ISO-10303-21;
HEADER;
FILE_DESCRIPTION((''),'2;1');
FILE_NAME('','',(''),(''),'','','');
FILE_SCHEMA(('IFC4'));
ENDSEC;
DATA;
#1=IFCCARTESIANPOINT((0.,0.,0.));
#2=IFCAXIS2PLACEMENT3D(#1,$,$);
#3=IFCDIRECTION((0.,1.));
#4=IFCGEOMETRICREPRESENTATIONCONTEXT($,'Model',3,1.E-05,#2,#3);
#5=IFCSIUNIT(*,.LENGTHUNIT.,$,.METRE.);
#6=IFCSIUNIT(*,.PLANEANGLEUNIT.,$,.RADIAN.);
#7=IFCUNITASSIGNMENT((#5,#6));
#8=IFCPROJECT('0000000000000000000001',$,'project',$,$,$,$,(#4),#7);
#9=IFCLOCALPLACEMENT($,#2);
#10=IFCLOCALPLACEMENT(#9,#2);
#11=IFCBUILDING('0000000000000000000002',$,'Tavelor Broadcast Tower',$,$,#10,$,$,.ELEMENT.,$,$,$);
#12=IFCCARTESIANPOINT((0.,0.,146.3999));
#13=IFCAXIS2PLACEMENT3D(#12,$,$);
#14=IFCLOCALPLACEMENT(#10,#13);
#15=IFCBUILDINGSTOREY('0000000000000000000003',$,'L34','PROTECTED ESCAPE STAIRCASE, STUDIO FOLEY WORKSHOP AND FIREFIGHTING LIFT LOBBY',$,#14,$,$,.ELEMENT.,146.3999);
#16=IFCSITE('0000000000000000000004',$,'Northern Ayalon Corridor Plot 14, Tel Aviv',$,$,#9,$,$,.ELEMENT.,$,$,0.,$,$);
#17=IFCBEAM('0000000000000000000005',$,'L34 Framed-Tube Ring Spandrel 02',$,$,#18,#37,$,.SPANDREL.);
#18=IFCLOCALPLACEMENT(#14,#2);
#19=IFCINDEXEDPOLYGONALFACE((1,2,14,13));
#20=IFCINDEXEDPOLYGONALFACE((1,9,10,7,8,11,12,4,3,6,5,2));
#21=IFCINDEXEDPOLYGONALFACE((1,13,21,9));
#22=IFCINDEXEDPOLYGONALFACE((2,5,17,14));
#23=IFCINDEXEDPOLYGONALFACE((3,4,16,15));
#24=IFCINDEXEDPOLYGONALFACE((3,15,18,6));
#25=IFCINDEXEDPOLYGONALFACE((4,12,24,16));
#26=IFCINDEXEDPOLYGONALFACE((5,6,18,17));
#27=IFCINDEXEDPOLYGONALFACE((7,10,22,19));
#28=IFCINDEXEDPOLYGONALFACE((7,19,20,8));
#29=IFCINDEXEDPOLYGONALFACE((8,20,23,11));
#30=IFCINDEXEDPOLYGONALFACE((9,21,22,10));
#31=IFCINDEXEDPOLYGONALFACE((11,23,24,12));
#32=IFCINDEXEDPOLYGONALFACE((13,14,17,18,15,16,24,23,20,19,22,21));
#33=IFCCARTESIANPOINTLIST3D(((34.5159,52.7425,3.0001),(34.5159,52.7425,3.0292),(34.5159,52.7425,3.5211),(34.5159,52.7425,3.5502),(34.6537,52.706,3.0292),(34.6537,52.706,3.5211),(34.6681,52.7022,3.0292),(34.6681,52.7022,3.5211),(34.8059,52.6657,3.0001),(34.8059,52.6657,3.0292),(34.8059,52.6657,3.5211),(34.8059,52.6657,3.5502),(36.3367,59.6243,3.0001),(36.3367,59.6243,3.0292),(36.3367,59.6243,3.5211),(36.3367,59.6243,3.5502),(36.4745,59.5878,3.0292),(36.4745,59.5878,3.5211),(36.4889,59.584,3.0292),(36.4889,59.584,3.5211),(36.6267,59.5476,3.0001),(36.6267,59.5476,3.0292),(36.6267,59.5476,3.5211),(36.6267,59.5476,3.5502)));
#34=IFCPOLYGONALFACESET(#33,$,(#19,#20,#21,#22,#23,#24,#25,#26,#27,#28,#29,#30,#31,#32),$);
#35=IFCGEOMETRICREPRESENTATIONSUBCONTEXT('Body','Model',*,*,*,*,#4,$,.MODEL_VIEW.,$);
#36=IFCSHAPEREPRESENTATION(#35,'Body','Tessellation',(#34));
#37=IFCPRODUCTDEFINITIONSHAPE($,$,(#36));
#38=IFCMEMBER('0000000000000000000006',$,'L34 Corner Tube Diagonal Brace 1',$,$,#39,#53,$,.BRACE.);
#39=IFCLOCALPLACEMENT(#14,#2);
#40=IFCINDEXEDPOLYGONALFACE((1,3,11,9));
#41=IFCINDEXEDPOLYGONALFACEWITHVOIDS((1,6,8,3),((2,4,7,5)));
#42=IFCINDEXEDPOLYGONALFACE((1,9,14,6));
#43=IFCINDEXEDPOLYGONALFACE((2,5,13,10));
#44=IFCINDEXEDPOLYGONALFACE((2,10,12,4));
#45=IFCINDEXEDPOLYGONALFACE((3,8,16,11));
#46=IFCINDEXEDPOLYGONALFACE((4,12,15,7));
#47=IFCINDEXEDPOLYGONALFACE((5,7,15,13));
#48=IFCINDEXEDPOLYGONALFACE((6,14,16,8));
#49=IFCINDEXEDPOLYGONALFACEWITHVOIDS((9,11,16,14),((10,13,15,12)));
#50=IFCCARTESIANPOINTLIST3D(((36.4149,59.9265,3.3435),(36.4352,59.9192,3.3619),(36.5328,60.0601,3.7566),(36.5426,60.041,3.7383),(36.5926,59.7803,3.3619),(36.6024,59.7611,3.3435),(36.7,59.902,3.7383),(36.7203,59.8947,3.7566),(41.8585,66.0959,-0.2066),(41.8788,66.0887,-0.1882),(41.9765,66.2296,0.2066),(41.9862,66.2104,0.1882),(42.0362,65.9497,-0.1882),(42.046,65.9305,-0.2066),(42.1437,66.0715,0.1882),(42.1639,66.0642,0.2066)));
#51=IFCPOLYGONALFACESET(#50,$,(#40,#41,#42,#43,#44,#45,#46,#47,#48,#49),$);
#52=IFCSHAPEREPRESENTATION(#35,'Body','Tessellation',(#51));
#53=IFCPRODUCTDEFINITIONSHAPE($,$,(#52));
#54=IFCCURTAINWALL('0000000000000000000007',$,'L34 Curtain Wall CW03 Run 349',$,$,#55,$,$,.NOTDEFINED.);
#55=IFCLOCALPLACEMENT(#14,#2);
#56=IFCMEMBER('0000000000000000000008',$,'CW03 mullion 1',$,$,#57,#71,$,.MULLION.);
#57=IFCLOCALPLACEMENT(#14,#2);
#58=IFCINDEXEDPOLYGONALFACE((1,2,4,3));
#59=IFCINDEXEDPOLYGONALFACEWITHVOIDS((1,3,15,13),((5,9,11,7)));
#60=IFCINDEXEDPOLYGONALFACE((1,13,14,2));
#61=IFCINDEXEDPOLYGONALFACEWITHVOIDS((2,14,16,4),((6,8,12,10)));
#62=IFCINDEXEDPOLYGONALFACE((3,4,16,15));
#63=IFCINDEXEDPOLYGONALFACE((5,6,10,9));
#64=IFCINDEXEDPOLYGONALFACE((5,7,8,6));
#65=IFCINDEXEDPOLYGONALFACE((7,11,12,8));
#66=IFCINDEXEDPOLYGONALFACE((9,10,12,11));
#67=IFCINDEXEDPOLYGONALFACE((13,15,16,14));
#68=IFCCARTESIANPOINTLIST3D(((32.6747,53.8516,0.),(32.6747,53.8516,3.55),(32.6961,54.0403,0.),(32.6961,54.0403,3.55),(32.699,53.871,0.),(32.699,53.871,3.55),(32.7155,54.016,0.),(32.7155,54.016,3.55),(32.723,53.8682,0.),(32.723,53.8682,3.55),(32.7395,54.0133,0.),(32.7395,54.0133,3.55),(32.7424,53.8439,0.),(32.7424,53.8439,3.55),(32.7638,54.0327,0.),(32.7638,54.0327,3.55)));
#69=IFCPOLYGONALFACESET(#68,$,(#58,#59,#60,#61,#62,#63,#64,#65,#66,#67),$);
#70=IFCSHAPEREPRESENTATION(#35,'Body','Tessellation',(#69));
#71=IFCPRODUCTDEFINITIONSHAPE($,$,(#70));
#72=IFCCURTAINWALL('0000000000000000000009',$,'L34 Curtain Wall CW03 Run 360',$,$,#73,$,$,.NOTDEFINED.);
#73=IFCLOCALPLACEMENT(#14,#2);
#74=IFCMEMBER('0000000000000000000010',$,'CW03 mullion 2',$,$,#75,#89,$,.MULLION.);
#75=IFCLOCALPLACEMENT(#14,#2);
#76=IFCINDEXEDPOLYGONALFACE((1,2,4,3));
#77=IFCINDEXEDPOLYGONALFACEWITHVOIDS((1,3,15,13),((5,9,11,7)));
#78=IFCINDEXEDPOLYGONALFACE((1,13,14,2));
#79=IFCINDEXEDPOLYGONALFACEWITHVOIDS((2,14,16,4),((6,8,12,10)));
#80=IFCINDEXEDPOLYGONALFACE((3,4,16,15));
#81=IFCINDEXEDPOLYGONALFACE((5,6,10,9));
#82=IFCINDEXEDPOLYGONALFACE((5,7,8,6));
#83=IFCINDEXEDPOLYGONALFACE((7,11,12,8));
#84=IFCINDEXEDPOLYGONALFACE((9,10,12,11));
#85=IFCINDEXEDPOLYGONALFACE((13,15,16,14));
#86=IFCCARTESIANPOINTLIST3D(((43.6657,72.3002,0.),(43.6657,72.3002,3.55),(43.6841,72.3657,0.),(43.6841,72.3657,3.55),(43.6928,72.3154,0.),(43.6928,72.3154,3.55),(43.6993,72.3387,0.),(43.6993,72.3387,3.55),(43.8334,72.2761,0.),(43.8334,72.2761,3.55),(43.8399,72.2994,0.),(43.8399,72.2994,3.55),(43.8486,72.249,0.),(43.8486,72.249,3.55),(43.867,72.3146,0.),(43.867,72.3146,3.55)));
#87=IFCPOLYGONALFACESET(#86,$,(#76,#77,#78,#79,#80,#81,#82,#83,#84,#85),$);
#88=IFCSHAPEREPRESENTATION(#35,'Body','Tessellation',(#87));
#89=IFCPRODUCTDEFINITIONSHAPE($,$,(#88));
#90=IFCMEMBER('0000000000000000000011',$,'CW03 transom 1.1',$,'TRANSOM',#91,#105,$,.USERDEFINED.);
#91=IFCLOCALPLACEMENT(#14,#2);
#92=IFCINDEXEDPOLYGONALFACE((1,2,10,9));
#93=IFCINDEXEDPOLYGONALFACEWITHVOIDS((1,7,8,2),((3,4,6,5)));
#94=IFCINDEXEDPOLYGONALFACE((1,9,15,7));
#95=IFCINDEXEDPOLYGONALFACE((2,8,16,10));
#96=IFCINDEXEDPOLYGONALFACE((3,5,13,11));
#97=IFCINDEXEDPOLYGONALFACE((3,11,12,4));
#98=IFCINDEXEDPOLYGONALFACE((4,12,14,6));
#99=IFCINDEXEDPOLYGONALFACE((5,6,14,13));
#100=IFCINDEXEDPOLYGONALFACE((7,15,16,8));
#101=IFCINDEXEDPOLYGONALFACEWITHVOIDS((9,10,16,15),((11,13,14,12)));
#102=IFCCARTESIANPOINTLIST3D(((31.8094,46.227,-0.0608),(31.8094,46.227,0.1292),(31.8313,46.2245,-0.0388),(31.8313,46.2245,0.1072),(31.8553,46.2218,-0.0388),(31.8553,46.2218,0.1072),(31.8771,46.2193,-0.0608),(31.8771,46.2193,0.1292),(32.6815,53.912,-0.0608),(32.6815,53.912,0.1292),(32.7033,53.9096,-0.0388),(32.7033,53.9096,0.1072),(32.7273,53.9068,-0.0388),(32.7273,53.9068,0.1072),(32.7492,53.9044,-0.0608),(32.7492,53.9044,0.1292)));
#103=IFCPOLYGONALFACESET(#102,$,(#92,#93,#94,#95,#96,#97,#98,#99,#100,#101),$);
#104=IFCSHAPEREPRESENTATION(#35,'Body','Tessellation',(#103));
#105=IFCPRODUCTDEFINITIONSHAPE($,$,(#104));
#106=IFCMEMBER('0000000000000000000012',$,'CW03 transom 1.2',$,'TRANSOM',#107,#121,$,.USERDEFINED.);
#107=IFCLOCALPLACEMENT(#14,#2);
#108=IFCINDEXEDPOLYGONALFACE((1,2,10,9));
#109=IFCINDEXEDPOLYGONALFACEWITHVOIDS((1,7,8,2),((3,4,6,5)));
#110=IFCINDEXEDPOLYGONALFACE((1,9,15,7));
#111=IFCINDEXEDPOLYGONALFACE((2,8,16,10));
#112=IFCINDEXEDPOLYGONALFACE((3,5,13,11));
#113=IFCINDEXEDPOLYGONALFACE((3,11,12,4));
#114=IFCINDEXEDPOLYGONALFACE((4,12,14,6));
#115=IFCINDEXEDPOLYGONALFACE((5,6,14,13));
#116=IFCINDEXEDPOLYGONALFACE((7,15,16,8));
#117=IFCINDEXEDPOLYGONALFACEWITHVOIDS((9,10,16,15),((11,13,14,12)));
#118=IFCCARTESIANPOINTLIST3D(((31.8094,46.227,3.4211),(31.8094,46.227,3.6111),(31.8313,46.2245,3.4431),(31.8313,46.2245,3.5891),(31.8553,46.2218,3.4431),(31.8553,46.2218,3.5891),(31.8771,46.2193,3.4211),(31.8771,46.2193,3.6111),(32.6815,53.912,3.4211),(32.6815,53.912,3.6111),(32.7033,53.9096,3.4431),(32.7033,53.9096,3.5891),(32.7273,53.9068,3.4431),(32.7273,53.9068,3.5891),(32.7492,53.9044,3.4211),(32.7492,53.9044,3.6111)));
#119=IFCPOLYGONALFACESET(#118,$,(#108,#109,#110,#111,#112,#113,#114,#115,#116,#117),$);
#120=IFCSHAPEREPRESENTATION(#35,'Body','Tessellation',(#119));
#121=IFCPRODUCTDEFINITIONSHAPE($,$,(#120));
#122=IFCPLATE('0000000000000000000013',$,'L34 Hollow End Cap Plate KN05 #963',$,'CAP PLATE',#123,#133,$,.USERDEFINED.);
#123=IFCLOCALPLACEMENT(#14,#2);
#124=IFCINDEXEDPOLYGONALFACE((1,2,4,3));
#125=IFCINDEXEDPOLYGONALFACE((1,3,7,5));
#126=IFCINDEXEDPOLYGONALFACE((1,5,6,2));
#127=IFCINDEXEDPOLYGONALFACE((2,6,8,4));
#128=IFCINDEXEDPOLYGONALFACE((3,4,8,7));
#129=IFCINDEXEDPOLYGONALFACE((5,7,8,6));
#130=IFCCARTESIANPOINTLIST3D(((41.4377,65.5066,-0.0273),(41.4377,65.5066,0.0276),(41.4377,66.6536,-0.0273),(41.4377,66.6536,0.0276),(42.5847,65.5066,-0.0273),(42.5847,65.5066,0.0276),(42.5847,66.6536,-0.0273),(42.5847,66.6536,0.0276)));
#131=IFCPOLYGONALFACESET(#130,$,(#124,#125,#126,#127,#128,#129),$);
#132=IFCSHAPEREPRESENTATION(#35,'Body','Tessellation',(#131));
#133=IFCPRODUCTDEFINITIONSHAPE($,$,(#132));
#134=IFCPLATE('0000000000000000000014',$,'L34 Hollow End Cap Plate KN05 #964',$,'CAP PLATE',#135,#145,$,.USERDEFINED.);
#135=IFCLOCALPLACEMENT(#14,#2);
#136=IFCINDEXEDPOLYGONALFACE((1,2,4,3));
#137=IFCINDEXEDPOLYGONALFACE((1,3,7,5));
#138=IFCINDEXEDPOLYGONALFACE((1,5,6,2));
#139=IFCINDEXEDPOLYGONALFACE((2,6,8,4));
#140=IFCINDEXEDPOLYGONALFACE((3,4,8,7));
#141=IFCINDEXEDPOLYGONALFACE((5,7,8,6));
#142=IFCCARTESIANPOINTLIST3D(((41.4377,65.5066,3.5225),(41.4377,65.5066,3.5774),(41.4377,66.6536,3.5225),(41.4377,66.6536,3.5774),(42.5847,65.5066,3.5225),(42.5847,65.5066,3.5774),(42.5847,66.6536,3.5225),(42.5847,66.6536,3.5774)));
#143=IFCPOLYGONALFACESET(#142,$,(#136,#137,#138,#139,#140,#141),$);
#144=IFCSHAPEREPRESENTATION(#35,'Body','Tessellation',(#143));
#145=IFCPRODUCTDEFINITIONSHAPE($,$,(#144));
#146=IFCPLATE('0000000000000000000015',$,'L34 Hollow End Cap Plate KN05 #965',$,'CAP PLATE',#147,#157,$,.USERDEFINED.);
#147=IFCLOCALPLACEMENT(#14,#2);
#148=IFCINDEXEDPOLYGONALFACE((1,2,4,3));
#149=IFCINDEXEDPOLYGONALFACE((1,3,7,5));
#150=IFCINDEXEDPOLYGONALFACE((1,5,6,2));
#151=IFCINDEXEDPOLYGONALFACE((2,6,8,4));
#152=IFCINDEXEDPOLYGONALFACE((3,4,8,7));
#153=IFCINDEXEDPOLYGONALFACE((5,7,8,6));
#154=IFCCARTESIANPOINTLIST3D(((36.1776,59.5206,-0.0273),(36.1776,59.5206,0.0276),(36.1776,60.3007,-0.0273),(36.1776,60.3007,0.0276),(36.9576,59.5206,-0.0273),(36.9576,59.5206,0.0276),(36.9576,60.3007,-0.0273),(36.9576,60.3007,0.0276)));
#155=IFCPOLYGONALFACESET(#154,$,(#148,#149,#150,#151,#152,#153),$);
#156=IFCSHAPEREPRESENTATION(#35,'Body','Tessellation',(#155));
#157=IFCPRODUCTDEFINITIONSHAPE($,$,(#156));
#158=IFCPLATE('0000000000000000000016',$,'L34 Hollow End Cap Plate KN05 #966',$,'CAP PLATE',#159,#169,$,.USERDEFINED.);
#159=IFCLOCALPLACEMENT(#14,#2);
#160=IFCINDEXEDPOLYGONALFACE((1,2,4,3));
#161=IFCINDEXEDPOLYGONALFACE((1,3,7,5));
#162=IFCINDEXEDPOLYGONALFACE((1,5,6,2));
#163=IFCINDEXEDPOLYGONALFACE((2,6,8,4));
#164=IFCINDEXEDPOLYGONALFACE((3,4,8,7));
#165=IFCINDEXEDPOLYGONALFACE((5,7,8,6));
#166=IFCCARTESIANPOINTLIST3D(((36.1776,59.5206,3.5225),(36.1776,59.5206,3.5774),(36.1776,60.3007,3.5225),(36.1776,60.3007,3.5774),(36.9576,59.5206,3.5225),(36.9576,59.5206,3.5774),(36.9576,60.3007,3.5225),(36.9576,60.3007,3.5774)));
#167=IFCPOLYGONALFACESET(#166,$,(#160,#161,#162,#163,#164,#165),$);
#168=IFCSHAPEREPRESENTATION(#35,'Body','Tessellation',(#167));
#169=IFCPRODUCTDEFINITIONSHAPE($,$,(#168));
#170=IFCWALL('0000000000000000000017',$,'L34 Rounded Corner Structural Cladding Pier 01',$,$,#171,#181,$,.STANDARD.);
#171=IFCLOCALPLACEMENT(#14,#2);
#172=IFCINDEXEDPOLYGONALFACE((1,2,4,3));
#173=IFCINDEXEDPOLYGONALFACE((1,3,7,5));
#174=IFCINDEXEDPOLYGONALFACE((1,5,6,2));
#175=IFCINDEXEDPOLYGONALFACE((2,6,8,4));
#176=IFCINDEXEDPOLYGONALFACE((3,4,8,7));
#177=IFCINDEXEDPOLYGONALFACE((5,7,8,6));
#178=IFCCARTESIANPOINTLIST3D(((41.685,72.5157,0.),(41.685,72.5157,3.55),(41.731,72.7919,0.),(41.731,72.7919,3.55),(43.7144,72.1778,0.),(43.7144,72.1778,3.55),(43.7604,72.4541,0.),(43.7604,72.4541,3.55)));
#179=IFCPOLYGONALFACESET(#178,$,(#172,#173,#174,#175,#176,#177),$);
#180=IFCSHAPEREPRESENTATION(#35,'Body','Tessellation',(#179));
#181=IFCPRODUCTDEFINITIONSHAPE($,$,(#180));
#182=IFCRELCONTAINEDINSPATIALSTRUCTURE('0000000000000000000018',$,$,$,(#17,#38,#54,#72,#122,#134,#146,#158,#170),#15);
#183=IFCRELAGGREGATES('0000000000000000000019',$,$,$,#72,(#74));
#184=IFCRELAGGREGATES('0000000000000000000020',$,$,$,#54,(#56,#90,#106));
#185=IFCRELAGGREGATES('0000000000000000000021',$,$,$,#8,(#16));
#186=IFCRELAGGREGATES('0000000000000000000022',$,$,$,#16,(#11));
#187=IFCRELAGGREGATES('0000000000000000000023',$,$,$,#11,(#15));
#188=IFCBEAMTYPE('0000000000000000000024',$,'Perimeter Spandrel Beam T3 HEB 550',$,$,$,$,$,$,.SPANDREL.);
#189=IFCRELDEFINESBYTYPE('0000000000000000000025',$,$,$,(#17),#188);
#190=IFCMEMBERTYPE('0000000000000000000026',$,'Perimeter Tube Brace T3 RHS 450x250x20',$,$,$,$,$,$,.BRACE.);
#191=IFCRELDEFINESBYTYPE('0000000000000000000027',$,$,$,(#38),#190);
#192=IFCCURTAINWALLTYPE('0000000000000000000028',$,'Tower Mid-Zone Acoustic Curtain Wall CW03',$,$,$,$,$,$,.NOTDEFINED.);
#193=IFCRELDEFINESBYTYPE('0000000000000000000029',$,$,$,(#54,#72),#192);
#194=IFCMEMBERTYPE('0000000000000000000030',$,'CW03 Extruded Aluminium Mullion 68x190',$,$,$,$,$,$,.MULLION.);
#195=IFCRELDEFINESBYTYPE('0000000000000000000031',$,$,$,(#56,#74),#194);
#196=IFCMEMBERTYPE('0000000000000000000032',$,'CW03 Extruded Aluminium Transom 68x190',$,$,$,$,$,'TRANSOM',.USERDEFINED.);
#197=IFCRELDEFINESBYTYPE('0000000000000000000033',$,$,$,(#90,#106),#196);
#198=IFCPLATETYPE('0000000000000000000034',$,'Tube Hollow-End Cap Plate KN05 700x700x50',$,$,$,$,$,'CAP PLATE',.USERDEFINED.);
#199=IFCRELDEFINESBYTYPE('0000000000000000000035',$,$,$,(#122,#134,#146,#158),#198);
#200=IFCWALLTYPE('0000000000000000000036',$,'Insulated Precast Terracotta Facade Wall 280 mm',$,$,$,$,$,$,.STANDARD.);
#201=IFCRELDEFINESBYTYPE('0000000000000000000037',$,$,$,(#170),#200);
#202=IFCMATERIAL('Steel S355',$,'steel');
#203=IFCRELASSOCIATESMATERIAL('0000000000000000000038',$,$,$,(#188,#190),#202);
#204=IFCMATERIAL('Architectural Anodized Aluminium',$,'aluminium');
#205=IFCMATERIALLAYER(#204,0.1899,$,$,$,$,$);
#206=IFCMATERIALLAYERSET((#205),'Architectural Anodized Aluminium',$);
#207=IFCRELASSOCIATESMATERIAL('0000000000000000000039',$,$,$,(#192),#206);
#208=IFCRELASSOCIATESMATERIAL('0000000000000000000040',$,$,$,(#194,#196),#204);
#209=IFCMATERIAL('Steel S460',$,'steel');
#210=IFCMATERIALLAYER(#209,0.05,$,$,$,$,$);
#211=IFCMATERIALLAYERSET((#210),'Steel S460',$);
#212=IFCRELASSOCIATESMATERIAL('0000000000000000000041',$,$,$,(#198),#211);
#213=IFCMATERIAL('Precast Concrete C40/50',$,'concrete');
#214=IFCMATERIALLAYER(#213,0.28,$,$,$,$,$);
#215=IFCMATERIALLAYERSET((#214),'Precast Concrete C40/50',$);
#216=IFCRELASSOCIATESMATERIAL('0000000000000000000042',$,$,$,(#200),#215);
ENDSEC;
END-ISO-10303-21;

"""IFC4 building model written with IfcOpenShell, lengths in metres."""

from ifc_helpers import new_model, si_unit, direction, frame, frame_2d, origin, origin_2d, place, context, subcontext, project, spatial, rectangle, hollow_rectangle, i_section, extrude, source, transform, mapped, material, layer, layer_set, material_profile, profile_set, type_object, type_shapes, element, aggregate, save


model = new_model("IFC4")

# Units and contexts
model_context = context("Model", 3, precision=1e-05, world=origin(), true_north=direction((0.0, 1.0)))
body_context = subcontext(model_context, "Body", "Model", "MODEL_VIEW")
ifc_project = project(units=[si_unit("LENGTHUNIT", "METRE"), si_unit("PLANEANGLEUNIT", "RADIAN")], contexts=[model_context])

# Site, building, storey
site_placement = place(None, origin())
site = spatial("IfcSite", under=ifc_project, at=site_placement, Name="Northern Ayalon Corridor Plot 14, Tel Aviv", CompositionType="ELEMENT", RefElevation=0.0)
building_placement = place(site_placement, origin())
building = spatial("IfcBuilding", under=site, at=building_placement, Name="Tavelor Broadcast Tower", CompositionType="ELEMENT")
storey_placement = place(building_placement, frame((0.0, 0.0, 146.3999)))
storey = spatial("IfcBuildingStorey", under=building, at=storey_placement, Name="L34", Description="PROTECTED ESCAPE STAIRCASE, STUDIO FOLEY WORKSHOP AND FIREFIGHTING LIFT LOBBY", CompositionType="ELEMENT", Elevation=146.3999)

# Shared definitions
ifc_material_1 = material(Name="Steel S460", Category="steel")

# Beam
ifc_material_2 = material(Name="Steel S355", Category="steel")
ifc_material_profile_1 = material_profile(ifc_material_2, i_section(OverallWidth=0.3, OverallDepth=0.55, WebThickness=0.0149, FlangeThickness=0.0291, at=origin_2d()), Name="HEB 550")
ifc_profile_set_1 = profile_set([ifc_material_profile_1], Name="Steel S355")
beam_type_1 = type_object("IfcBeamType", Name="Perimeter Spandrel Beam T3 HEB 550", PredefinedType="SPANDREL", material=ifc_profile_set_1)
beam_1_placement = place(storey_placement, frame((36.4817, 59.5859, 3.2751), z_axis=(-0.255779, -0.966735, 0.0), x_axis=(0.966735, -0.255779, 0.0)))
element("IfcBeam", 1, at=beam_1_placement, inside=storey, type_object=beam_type_1, Name="L34 Framed-Tube Ring Spandrel 02", PredefinedType="SPANDREL", context=body_context, shape_type="SweptSolid", body=[
    extrude(i_section(OverallWidth=0.3, OverallDepth=0.55, WebThickness=0.0149, FlangeThickness=0.0291, at=origin_2d()), origin(), (0.0, 0.0, 1.0), 7.1187),
])

# Member
ifc_material_profile_2 = material_profile(ifc_material_2, hollow_rectangle(XDim=0.25, YDim=0.45, WallThickness=0.02, at=origin_2d()), Name="RHS 450x250x20")
ifc_profile_set_2 = profile_set([ifc_material_profile_2], Name="Steel S355")
member_type_1 = type_object("IfcMemberType", Name="Perimeter Tube Brace T3 RHS 450x250x20", PredefinedType="BRACE", material=ifc_profile_set_2)
member_1_placement = place(storey_placement, frame((42.0112, 66.0801, 0.0), z_axis=(-0.607485, -0.688484, 0.396171), x_axis=(0.749839, -0.661621, 0.0)))
element("IfcMember", 2, at=member_1_placement, inside=storey, type_object=member_type_1, Name="L34 Corner Tube Diagonal Brace 1", PredefinedType="BRACE", context=body_context, shape_type="SweptSolid", body=[
    extrude(hollow_rectangle(XDim=0.25, YDim=0.45, WallThickness=0.02, at=origin_2d()), origin(), (0.0, 0.0, 1.0), 8.9609),
])

# Curtain walls, members
ifc_material_3 = material(Name="Architectural Anodized Aluminium", Category="aluminium")
ifc_layer_1 = layer(ifc_material_3, 0.1899)
ifc_layer_set_1 = layer_set([ifc_layer_1], Name="Architectural Anodized Aluminium")
curtain_wall_type = type_object("IfcCurtainWallType", Name="Tower Mid-Zone Acoustic Curtain Wall CW03", PredefinedType="NOTDEFINED", material=ifc_layer_set_1)
curtain_wall_1_placement = place(storey_placement, origin())
curtain_wall_1 = element("IfcCurtainWall", 3, at=curtain_wall_1_placement, inside=storey, type_object=curtain_wall_type, Name="L34 Curtain Wall CW03 Run 349", PredefinedType="NOTDEFINED")
ifc_material_profile_3 = material_profile(ifc_material_3, hollow_rectangle(XDim=0.0681, YDim=0.1899, WallThickness=0.022, at=origin_2d()), Name="RHS 68x190x22")
ifc_profile_set_3 = profile_set([ifc_material_profile_3], Name="Architectural Anodized Aluminium")
member_type_2 = type_object("IfcMemberType", Name="CW03 Extruded Aluminium Mullion 68x190", PredefinedType="MULLION", material=ifc_profile_set_3)
shared_shape_1 = source(origin(), body_context, "Body", "SweptSolid", [
    extrude(hollow_rectangle(XDim=0.0681, YDim=0.1899, WallThickness=0.022, at=origin_2d()), origin(), (0.0, 0.0, 1.0), 3.55),
])
type_shapes(member_type_2, [shared_shape_1])
member_2_placement = place(storey_placement, frame((32.7192, 53.9421, 0.0), z_axis=(0.0, 0.0, 1.0), x_axis=(0.993622, -0.112766, 0.0)))
member_2 = element("IfcMember", 4, at=member_2_placement, type_object=member_type_2, Name="CW03 mullion 1", PredefinedType="MULLION", context=body_context, shape_type="MappedRepresentation", body=[
    mapped(shared_shape_1, transform((0.0, 0.0, 0.0), scale=1.0)),
])
curtain_wall_2_placement = place(storey_placement, origin())
curtain_wall_2 = element("IfcCurtainWall", 5, at=curtain_wall_2_placement, inside=storey, type_object=curtain_wall_type, Name="L34 Curtain Wall CW03 Run 360", PredefinedType="NOTDEFINED")
member_3_placement = place(storey_placement, frame((43.7664, 72.3074, 0.0), z_axis=(0.0, 0.0, 1.0), x_axis=(-0.26931, -0.963053, 0.0)))
member_3 = element("IfcMember", 6, at=member_3_placement, type_object=member_type_2, Name="CW03 mullion 2", PredefinedType="MULLION", context=body_context, shape_type="MappedRepresentation", body=[
    mapped(shared_shape_1, transform((0.0, 0.0, 0.0), scale=1.0)),
])
aggregate(curtain_wall_2, [member_3])

# Members
ifc_material_profile_4 = material_profile(ifc_material_3, hollow_rectangle(XDim=0.0681, YDim=0.1899, WallThickness=0.022, at=origin_2d()), Name="RHS 68x190x22")
ifc_profile_set_4 = profile_set([ifc_material_profile_4], Name="Architectural Anodized Aluminium")
member_type_3 = type_object("IfcMemberType", Name="CW03 Extruded Aluminium Transom 68x190", ElementType="TRANSOM", PredefinedType="USERDEFINED", material=ifc_profile_set_4)
shared_shape_2 = source(origin(), body_context, "Body", "SweptSolid", [
    extrude(hollow_rectangle(XDim=0.0681, YDim=0.1899, WallThickness=0.022, at=origin_2d()), origin(), (0.0, 0.0, 1.0), 7.7344),
])
type_shapes(member_type_3, [shared_shape_2])
member_4_placement = place(storey_placement, frame((32.7153, 53.9082, 0.0342), z_axis=(-0.112752, -0.993623, 0.0), x_axis=(0.993623, -0.112752, 0.0)))
member_4 = element("IfcMember", 7, at=member_4_placement, type_object=member_type_3, Name="CW03 transom 1.1", ObjectType="TRANSOM", PredefinedType="USERDEFINED", context=body_context, shape_type="MappedRepresentation", body=[
    mapped(shared_shape_2, transform((0.0, 0.0, 0.0), scale=1.0)),
])
member_5_placement = place(storey_placement, frame((32.7153, 53.9082, 3.5161), z_axis=(-0.112752, -0.993623, 0.0), x_axis=(0.993623, -0.112752, 0.0)))
member_5 = element("IfcMember", 8, at=member_5_placement, type_object=member_type_3, Name="CW03 transom 1.2", ObjectType="TRANSOM", PredefinedType="USERDEFINED", context=body_context, shape_type="MappedRepresentation", body=[
    mapped(shared_shape_2, transform((0.0, 0.0, 0.0), scale=1.0)),
])
aggregate(curtain_wall_1, [member_2, member_4, member_5])

# Plates
ifc_layer_2 = layer(ifc_material_1, 0.05)
ifc_layer_set_2 = layer_set([ifc_layer_2], Name="Steel S460")
plate_type = type_object("IfcPlateType", Name="Tube Hollow-End Cap Plate KN05 700x700x50", ElementType="CAP PLATE", PredefinedType="USERDEFINED", material=ifc_layer_set_2)
shared_shape_3 = source(origin(), body_context, "Body", "SweptSolid", [
    extrude(rectangle(XDim=1.147, YDim=1.147, at=origin_2d()), origin(), (0.0, 0.0, 1.0), 0.0549),
])
for number, where, z_axis, x_axis, name in (
    (9, (42.0112, 66.0801, -0.0273), (0.0, 0.0, 1.0), (1.0, 0.0, 0.0), "L34 Hollow End Cap Plate KN05 #963"),
    (10, (42.0112, 66.0801, 3.5225), (0.0, 0.0, 1.0), (1.0, 0.0, 0.0), "L34 Hollow End Cap Plate KN05 #964"),
):
    element("IfcPlate", number, at=place(storey_placement, frame(where, z_axis=z_axis, x_axis=x_axis)), inside=storey, type_object=plate_type, Name=name, ObjectType="CAP PLATE", PredefinedType="USERDEFINED", context=body_context, shape_type="MappedRepresentation", body=[
        mapped(shared_shape_3, transform((0.0, 0.0, 0.0), scale=1.0)),
    ])
shared_shape_4 = source(origin(), body_context, "Body", "SweptSolid", [
    extrude(rectangle(XDim=0.78, YDim=0.78, at=origin_2d()), origin(), (0.0, 0.0, 1.0), 0.0549),
])
type_shapes(plate_type, [shared_shape_3, shared_shape_4])
for number, where, z_axis, x_axis, name in (
    (11, (36.5676, 59.9106, -0.0273), (0.0, 0.0, 1.0), (1.0, 0.0, 0.0), "L34 Hollow End Cap Plate KN05 #965"),
    (12, (36.5676, 59.9106, 3.5225), (0.0, 0.0, 1.0), (1.0, 0.0, 0.0), "L34 Hollow End Cap Plate KN05 #966"),
):
    element("IfcPlate", number, at=place(storey_placement, frame(where, z_axis=z_axis, x_axis=x_axis)), inside=storey, type_object=plate_type, Name=name, ObjectType="CAP PLATE", PredefinedType="USERDEFINED", context=body_context, shape_type="MappedRepresentation", body=[
        mapped(shared_shape_4, transform((0.0, 0.0, 0.0), scale=1.0)),
    ])

# Wall
ifc_material_4 = material(Name="Precast Concrete C40/50", Category="concrete")
ifc_layer_3 = layer(ifc_material_4, 0.28)
ifc_layer_set_3 = layer_set([ifc_layer_3], Name="Precast Concrete C40/50")
wall_type_1 = type_object("IfcWallType", Name="Insulated Precast Terracotta Facade Wall 280 mm", PredefinedType="STANDARD", material=ifc_layer_set_3)
wall_1_placement = place(storey_placement, frame((43.7375, 72.3159, 0.0), z_axis=(0.0, 0.0, 1.0), x_axis=(-0.986423, 0.164226, 0.0)))
element("IfcWall", 13, at=wall_1_placement, inside=storey, type_object=wall_type_1, Name="L34 Rounded Corner Structural Cladding Pier 01", PredefinedType="STANDARD", context=body_context, shape_type="SweptSolid", body=[
    extrude(rectangle(XDim=2.0574, YDim=0.28, at=frame_2d((1.0288, 0.0))), origin(), (0.0, 0.0, 1.0), 3.55),
])

save(model, "model.ifc")
